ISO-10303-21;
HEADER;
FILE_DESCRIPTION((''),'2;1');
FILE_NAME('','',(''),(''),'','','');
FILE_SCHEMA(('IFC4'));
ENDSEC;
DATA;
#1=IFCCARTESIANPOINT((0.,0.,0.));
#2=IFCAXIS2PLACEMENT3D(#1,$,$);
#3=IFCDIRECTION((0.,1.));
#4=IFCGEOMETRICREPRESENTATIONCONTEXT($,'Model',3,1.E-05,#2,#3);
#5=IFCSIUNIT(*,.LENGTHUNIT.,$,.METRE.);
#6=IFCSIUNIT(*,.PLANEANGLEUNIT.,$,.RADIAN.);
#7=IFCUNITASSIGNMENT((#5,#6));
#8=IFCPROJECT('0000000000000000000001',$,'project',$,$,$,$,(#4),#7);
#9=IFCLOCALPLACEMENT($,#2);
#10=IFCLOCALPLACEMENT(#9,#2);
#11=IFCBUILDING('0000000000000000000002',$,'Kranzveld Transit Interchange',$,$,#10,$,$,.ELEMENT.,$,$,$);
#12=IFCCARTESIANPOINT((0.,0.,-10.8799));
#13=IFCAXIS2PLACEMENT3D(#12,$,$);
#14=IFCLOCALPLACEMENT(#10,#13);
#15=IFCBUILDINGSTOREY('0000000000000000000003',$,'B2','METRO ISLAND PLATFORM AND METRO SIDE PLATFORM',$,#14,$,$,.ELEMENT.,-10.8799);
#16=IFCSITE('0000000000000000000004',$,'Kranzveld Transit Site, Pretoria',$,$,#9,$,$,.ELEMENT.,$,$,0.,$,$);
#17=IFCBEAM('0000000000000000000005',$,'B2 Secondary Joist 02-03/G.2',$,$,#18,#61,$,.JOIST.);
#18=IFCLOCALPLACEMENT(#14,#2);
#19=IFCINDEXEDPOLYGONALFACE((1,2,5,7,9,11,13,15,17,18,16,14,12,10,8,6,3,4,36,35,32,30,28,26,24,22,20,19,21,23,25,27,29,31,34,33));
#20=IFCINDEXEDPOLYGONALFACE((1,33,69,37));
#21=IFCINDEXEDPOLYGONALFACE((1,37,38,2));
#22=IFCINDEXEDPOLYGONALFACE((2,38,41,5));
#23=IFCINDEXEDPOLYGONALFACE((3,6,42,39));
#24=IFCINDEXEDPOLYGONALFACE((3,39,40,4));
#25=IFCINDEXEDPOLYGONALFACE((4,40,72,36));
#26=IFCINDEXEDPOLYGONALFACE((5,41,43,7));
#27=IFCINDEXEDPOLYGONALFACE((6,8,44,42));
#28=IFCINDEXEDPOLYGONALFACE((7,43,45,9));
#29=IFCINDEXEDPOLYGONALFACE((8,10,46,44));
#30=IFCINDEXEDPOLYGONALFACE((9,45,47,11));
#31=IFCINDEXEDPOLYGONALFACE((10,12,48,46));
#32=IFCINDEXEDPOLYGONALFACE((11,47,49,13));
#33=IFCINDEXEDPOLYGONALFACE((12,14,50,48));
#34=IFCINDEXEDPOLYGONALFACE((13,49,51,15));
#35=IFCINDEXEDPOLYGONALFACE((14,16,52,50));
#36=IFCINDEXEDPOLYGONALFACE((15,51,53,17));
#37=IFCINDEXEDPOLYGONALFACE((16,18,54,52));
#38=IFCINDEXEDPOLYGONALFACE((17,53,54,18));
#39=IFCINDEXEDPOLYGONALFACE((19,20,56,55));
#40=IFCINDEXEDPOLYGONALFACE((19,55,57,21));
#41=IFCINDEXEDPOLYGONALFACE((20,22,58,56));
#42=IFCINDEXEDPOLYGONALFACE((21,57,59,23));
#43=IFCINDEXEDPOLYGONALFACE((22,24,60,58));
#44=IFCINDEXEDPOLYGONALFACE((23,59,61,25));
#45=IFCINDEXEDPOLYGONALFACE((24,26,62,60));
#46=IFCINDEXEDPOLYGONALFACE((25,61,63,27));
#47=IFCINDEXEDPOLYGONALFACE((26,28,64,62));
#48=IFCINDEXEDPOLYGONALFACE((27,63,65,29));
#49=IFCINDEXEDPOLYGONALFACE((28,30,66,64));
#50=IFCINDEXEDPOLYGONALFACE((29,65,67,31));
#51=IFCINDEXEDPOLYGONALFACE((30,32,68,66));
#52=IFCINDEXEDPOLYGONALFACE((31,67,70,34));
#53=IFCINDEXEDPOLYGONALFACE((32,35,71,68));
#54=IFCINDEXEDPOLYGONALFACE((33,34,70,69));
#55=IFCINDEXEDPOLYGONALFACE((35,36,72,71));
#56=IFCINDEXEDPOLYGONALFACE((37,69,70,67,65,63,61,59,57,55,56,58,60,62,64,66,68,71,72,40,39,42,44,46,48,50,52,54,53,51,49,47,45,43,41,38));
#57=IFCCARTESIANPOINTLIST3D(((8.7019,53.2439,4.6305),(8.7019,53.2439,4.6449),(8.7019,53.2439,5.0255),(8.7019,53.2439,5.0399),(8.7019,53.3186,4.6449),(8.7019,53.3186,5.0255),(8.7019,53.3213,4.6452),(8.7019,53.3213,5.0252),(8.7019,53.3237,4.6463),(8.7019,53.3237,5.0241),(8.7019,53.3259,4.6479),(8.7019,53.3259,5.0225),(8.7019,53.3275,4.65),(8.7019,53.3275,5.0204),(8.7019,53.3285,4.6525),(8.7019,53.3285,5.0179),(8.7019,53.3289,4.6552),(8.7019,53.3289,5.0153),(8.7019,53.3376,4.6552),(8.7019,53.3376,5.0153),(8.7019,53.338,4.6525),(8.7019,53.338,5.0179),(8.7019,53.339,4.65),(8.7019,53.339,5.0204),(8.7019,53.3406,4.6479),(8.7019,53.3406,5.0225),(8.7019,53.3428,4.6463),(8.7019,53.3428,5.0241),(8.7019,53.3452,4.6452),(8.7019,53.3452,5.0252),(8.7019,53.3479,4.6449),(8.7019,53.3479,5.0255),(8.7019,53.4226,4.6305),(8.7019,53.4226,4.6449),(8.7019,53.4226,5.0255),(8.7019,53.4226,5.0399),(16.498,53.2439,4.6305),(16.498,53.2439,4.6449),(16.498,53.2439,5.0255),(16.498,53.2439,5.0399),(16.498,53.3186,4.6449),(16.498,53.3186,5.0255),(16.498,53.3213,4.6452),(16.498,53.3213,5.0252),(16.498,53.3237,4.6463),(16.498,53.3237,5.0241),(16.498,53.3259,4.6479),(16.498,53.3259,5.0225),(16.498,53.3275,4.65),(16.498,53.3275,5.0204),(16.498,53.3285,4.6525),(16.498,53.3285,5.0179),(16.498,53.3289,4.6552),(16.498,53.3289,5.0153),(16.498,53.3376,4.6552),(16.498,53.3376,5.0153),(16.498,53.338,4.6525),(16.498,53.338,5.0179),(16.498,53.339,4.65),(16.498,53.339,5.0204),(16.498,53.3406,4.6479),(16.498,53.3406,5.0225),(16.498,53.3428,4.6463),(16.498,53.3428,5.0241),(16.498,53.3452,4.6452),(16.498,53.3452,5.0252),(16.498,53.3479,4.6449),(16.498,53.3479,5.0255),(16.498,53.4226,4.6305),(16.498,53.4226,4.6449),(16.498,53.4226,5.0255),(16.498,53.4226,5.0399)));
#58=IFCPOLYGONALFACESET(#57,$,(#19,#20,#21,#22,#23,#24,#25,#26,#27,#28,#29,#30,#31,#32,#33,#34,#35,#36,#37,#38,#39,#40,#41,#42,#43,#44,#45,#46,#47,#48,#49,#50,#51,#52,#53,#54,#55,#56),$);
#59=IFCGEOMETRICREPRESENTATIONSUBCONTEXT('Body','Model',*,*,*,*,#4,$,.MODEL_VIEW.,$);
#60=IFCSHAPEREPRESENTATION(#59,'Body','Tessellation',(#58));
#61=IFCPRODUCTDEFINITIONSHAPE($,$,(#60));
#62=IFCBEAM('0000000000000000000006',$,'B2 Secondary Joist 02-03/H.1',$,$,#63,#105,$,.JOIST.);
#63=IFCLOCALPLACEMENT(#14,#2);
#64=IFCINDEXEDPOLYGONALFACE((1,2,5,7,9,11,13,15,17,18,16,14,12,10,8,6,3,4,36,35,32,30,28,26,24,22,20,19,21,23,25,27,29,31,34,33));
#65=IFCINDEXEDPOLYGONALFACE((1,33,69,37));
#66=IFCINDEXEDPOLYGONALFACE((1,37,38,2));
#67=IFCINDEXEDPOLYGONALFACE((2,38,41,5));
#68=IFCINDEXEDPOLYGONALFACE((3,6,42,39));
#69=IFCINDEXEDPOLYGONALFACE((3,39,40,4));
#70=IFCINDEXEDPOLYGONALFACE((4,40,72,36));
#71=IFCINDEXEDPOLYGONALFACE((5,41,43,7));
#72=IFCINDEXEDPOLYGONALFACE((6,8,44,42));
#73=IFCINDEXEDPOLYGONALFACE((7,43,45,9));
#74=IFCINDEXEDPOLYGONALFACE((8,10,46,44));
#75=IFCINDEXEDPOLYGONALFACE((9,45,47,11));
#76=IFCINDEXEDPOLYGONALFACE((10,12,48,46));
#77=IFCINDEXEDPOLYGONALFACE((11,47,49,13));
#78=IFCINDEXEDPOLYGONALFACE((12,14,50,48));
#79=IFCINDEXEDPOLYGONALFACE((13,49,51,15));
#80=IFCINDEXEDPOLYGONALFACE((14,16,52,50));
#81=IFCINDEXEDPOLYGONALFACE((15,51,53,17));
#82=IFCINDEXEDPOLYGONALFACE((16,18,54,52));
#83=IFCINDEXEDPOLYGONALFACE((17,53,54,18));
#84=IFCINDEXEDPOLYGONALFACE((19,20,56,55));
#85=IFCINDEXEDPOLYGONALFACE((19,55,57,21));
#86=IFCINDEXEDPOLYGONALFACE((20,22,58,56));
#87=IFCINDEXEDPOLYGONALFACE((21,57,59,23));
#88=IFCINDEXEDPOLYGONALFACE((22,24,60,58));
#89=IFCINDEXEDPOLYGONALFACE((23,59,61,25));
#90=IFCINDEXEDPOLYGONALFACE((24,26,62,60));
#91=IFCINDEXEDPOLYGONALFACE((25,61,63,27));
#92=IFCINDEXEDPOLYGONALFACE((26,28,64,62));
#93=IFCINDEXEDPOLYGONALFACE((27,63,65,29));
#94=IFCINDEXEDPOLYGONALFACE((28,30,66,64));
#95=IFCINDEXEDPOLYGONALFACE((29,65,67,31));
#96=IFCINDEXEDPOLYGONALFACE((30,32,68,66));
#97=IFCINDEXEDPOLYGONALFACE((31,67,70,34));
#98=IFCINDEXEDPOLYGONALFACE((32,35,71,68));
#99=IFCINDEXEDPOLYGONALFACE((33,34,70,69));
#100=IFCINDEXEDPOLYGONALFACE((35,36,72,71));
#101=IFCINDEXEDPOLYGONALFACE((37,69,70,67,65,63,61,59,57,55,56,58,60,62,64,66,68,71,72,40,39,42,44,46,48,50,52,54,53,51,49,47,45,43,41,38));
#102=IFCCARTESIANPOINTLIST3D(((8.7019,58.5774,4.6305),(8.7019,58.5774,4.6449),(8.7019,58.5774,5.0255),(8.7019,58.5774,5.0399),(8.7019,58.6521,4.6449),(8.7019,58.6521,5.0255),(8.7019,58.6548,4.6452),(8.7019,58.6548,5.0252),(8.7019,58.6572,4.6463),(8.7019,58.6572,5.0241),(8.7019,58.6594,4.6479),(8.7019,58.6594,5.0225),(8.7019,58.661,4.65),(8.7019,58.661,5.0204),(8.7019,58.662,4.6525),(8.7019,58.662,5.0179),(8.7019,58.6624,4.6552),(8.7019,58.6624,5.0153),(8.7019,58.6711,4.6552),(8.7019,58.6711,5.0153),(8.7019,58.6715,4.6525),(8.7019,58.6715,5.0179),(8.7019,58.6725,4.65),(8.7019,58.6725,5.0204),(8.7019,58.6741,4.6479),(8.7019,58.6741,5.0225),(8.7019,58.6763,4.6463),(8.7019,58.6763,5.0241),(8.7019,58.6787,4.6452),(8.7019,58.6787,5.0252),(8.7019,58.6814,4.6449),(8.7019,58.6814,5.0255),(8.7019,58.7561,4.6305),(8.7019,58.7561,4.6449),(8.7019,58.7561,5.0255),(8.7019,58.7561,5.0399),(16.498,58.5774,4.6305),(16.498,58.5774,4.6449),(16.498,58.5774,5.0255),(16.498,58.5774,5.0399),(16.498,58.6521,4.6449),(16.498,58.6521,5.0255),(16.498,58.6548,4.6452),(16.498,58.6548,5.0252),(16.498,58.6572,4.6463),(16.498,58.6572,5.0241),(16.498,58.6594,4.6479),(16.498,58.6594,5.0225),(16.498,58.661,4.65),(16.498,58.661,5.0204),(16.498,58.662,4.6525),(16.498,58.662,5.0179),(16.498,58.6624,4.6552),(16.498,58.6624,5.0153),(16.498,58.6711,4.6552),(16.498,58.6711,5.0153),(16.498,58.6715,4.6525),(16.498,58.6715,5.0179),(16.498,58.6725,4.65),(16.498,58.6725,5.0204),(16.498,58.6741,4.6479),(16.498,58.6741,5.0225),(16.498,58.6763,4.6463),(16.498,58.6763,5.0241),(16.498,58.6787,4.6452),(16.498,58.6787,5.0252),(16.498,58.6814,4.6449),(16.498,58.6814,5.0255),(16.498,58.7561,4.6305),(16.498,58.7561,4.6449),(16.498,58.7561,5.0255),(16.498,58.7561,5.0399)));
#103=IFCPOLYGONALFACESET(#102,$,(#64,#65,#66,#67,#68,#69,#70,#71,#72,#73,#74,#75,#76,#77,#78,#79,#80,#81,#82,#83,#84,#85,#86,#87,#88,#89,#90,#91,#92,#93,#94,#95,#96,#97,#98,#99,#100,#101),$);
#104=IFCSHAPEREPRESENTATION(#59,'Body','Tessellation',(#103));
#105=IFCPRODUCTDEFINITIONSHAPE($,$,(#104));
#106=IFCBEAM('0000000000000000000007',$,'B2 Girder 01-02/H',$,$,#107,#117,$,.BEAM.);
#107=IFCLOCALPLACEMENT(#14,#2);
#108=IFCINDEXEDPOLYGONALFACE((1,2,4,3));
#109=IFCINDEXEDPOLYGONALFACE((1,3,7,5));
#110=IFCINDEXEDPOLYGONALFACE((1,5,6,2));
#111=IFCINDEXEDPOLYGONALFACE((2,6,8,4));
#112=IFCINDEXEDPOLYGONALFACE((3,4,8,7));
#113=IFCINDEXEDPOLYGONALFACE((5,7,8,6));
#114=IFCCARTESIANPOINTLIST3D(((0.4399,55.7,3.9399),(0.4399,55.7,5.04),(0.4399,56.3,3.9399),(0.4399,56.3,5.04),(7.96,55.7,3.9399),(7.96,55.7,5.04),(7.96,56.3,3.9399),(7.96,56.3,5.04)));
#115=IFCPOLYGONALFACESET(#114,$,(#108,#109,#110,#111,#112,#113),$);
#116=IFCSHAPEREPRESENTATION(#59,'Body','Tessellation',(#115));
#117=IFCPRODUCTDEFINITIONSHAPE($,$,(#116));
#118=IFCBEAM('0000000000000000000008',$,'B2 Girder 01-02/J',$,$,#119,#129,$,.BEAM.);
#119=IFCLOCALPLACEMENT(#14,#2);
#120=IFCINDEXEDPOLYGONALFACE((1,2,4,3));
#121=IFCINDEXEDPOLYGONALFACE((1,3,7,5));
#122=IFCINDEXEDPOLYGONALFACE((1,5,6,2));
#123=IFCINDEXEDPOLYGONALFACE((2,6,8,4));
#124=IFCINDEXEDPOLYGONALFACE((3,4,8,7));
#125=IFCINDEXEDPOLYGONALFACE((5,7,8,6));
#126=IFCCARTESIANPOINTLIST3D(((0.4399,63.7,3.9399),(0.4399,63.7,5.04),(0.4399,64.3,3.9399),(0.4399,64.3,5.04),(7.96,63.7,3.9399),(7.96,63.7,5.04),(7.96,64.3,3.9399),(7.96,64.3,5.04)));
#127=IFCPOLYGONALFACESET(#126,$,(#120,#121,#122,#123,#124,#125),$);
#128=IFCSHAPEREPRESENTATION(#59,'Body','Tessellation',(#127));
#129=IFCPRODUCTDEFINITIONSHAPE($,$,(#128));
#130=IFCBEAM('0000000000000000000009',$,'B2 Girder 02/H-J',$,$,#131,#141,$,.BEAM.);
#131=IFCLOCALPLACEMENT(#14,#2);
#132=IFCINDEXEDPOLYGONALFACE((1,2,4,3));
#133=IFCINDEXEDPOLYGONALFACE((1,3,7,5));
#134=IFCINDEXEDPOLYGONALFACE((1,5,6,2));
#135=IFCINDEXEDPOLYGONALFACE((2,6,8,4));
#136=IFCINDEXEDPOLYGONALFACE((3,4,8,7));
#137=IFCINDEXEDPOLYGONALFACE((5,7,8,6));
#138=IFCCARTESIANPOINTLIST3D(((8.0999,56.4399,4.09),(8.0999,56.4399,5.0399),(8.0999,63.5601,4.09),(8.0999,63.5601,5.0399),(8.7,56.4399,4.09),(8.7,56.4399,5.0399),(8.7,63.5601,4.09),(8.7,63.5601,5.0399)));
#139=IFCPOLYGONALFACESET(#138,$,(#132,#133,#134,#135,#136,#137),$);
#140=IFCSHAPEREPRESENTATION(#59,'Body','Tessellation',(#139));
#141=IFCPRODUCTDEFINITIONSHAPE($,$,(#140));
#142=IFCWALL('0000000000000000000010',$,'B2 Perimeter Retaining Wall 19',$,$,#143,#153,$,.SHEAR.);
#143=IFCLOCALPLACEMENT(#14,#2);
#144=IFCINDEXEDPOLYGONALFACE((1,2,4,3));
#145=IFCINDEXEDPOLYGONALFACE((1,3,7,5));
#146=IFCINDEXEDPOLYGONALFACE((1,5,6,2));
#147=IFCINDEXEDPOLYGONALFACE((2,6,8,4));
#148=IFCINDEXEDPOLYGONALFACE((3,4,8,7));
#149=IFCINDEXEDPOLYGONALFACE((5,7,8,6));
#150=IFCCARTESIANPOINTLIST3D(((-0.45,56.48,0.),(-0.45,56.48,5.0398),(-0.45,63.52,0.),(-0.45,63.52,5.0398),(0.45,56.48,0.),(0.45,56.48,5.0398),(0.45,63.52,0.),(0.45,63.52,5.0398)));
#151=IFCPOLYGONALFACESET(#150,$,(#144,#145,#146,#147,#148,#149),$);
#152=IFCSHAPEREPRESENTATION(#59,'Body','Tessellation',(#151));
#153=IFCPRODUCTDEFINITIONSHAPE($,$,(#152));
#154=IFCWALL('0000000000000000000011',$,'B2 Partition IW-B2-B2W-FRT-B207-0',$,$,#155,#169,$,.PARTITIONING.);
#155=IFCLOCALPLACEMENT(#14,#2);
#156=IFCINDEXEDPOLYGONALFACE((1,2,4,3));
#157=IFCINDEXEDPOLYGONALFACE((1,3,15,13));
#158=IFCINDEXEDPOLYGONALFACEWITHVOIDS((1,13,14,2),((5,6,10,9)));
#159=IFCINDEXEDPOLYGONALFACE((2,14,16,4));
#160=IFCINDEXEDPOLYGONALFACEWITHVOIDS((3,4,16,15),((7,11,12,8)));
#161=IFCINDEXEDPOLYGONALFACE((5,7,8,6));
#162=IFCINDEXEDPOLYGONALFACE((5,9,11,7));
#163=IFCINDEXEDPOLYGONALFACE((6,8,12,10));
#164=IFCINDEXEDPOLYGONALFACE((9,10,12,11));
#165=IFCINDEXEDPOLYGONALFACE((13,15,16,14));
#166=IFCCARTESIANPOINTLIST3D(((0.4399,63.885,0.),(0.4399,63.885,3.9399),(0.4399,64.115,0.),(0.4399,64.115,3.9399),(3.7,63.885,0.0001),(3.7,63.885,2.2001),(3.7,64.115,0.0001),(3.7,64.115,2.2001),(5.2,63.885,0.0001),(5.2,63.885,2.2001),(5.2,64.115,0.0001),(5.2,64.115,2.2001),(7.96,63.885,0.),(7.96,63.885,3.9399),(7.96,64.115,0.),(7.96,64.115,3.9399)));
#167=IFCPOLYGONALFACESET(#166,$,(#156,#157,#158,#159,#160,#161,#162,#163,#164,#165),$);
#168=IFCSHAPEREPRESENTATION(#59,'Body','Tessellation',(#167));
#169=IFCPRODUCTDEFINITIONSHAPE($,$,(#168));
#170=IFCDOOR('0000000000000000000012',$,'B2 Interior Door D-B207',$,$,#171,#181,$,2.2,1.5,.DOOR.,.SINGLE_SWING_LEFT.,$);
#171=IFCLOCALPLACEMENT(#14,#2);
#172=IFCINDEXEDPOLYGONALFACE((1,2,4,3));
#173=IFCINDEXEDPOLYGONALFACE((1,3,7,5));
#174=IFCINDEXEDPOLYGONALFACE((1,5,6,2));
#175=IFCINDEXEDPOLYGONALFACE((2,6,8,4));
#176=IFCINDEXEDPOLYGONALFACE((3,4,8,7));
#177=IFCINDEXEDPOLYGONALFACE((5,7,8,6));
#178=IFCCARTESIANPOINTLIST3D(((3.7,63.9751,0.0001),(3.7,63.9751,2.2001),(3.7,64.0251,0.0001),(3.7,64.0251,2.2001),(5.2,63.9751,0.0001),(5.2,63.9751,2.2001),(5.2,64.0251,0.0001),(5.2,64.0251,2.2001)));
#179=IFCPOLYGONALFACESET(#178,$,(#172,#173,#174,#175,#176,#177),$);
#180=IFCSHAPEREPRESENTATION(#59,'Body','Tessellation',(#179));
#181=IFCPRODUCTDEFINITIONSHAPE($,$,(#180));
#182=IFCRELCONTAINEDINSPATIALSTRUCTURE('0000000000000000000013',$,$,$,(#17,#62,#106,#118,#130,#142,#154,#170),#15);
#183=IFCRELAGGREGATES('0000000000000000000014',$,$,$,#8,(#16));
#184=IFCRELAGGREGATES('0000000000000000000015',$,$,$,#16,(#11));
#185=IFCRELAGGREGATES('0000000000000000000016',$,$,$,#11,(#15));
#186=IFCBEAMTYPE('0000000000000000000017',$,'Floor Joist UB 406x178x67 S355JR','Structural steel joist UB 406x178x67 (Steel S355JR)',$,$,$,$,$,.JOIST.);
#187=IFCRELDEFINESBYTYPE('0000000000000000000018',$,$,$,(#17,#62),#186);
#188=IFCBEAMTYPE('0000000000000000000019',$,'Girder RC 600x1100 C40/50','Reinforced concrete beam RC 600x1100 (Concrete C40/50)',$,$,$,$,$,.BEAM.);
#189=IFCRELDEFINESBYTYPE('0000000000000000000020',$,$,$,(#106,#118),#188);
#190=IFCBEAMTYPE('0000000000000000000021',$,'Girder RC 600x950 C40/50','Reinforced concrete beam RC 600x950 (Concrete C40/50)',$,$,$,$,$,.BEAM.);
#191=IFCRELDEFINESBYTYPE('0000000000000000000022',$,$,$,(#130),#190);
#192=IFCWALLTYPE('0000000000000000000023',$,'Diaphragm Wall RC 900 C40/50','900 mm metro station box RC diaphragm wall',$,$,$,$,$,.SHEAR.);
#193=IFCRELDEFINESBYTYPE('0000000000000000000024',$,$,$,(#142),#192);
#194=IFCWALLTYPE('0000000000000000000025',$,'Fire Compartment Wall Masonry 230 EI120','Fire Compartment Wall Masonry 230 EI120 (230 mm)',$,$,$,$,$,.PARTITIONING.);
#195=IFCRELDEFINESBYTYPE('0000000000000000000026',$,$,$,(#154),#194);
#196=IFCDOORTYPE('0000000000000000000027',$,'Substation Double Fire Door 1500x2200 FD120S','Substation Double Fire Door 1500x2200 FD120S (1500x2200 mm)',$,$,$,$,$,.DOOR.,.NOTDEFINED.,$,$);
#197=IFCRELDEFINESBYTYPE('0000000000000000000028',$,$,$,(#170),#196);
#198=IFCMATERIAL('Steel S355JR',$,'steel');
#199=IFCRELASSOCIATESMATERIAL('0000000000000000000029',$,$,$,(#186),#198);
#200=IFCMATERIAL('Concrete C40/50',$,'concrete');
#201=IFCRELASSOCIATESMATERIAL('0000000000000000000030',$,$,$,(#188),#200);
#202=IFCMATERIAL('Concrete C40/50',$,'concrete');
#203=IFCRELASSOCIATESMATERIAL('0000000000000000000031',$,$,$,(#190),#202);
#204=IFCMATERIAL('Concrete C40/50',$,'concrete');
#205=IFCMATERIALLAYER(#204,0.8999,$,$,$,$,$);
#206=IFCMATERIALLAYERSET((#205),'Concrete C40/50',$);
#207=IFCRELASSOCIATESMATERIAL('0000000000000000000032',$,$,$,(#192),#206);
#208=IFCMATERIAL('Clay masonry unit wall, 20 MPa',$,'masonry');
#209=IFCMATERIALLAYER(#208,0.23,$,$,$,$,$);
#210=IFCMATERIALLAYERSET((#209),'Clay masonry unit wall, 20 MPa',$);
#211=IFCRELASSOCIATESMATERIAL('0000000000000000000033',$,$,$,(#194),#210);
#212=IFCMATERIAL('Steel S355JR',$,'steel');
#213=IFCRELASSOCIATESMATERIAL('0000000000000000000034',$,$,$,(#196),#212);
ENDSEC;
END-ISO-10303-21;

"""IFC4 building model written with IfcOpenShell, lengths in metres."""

from ifc_helpers import new_model, si_unit, direction, frame, frame_2d, origin, origin_2d, place, context, subcontext, project, spatial, rectangle, i_section, extrude, material, layer, layer_set, material_profile, profile_set, type_object, element, fill, save


model = new_model("IFC4")

# Units and contexts
model_context = context("Model", 3, precision=1e-05, world=origin(), true_north=direction((0.0, 1.0)))
body_context = subcontext(model_context, "Body", "Model", "MODEL_VIEW")
ifc_project = project(units=[si_unit("LENGTHUNIT", "METRE"), si_unit("PLANEANGLEUNIT", "RADIAN")], contexts=[model_context])

# Site, building, storey
site_placement = place(None, origin())
site = spatial("IfcSite", under=ifc_project, at=site_placement, Name="Kranzveld Transit Site, Pretoria", CompositionType="ELEMENT", RefElevation=0.0)
building_placement = place(site_placement, origin())
building = spatial("IfcBuilding", under=site, at=building_placement, Name="Kranzveld Transit Interchange", CompositionType="ELEMENT")
storey_placement = place(building_placement, frame((0.0, 0.0, -10.8799)))
storey = spatial("IfcBuildingStorey", under=building, at=storey_placement, Name="B2", Description="METRO ISLAND PLATFORM AND METRO SIDE PLATFORM", CompositionType="ELEMENT", Elevation=-10.8799)

# Beams
ifc_material_1 = material(Name="Steel S355JR", Category="steel")
ifc_material_profile_1 = material_profile(ifc_material_1, i_section(OverallWidth=0.1787, OverallDepth=0.4094, WebThickness=0.0088, FlangeThickness=0.0144, FilletRadius=0.0103, at=origin_2d()), Name="UB 406x178x67")
ifc_profile_set_1 = profile_set([ifc_material_profile_1], Name="Steel S355JR")
beam_type_1 = type_object("IfcBeamType", Name="Floor Joist UB 406x178x67 S355JR", Description="Structural steel joist UB 406x178x67 (Steel S355JR)", PredefinedType="JOIST", material=ifc_profile_set_1)
for number, where, z_axis, x_axis, name in (
    (1, (8.7019, 53.3333, 4.8352), (1.0, 0.0, 0.0), (0.0, 1.0, 0.0), "B2 Secondary Joist 02-03/G.2"),
    (2, (8.7019, 58.6667, 4.8352), (1.0, 0.0, 0.0), (0.0, 1.0, 0.0), "B2 Secondary Joist 02-03/H.1"),
):
    element("IfcBeam", number, at=place(storey_placement, frame(where, z_axis=z_axis, x_axis=x_axis)), inside=storey, type_object=beam_type_1, Name=name, PredefinedType="JOIST", context=body_context, shape_type="SweptSolid", body=[
        extrude(i_section(OverallWidth=0.1787, OverallDepth=0.4094, WebThickness=0.0088, FlangeThickness=0.0144, FilletRadius=0.0103, at=origin_2d()), origin(), (0.0, 0.0, 1.0), 7.7961),
    ])
ifc_material_2 = material(Name="Concrete C40/50", Category="concrete")
ifc_material_profile_2 = material_profile(ifc_material_2, rectangle(XDim=0.6001, YDim=1.1001, at=origin_2d()), Name="RC 600x1100")
ifc_profile_set_2 = profile_set([ifc_material_profile_2], Name="Concrete C40/50")
beam_type_2 = type_object("IfcBeamType", Name="Girder RC 600x1100 C40/50", Description="Reinforced concrete beam RC 600x1100 (Concrete C40/50)", PredefinedType="BEAM", material=ifc_profile_set_2)
for number, where, z_axis, x_axis, name in (
    (3, (0.4399, 56.0, 4.49), (1.0, 0.0, 0.0), (0.0, 1.0, 0.0), "B2 Girder 01-02/H"),
    (4, (0.4399, 64.0, 4.49), (1.0, 0.0, 0.0), (0.0, 1.0, 0.0), "B2 Girder 01-02/J"),
):
    element("IfcBeam", number, at=place(storey_placement, frame(where, z_axis=z_axis, x_axis=x_axis)), inside=storey, type_object=beam_type_2, Name=name, PredefinedType="BEAM", context=body_context, shape_type="SweptSolid", body=[
        extrude(rectangle(XDim=0.6001, YDim=1.1001, at=origin_2d()), origin(), (0.0, 0.0, 1.0), 7.52),
    ])
ifc_material_3 = material(Name="Concrete C40/50", Category="concrete")
ifc_material_profile_3 = material_profile(ifc_material_3, rectangle(XDim=0.6001, YDim=0.95, at=origin_2d()), Name="RC 600x950")
ifc_profile_set_3 = profile_set([ifc_material_profile_3], Name="Concrete C40/50")
beam_type_3 = type_object("IfcBeamType", Name="Girder RC 600x950 C40/50", Description="Reinforced concrete beam RC 600x950 (Concrete C40/50)", PredefinedType="BEAM", material=ifc_profile_set_3)
beam_placement = place(storey_placement, frame((8.3999, 56.4399, 4.5649), z_axis=(0.0, 1.0, 0.0), x_axis=(-1.0, 0.0, 0.0)))
element("IfcBeam", 5, at=beam_placement, inside=storey, type_object=beam_type_3, Name="B2 Girder 02/H-J", PredefinedType="BEAM", context=body_context, shape_type="SweptSolid", body=[
    extrude(rectangle(XDim=0.6001, YDim=0.95, at=origin_2d()), origin(), (0.0, 0.0, 1.0), 7.1201),
])

# Wall
ifc_material_4 = material(Name="Concrete C40/50", Category="concrete")
ifc_layer_1 = layer(ifc_material_4, 0.8999)
ifc_layer_set_1 = layer_set([ifc_layer_1], Name="Concrete C40/50")
wall_type_1 = type_object("IfcWallType", Name="Diaphragm Wall RC 900 C40/50", Description="900 mm metro station box RC diaphragm wall", PredefinedType="SHEAR", material=ifc_layer_set_1)
wall_1_placement = place(storey_placement, frame((0.0, 56.48, 0.0), z_axis=(0.0, 0.0, 1.0), x_axis=(0.0, 1.0, 0.0)))
element("IfcWall", 6, at=wall_1_placement, inside=storey, type_object=wall_type_1, Name="B2 Perimeter Retaining Wall 19", PredefinedType="SHEAR", context=body_context, shape_type="SweptSolid", body=[
    extrude(rectangle(XDim=7.04, YDim=0.8999, at=frame_2d((3.52, 0.0))), origin(), (0.0, 0.0, 1.0), 5.0398),
])

# Wall, opening, door
ifc_material_5 = material(Name="Clay masonry unit wall, 20 MPa", Category="masonry")
ifc_layer_2 = layer(ifc_material_5, 0.23)
ifc_layer_set_2 = layer_set([ifc_layer_2], Name="Clay masonry unit wall, 20 MPa")
wall_type_2 = type_object("IfcWallType", Name="Fire Compartment Wall Masonry 230 EI120", Description="Fire Compartment Wall Masonry 230 EI120 (230 mm)", PredefinedType="PARTITIONING", material=ifc_layer_set_2)
wall_2_placement = place(storey_placement, frame((0.4399, 64.0, 0.0), z_axis=(0.0, 0.0, 1.0), x_axis=(1.0, 0.0, 0.0)))
wall_2 = element("IfcWall", 7, at=wall_2_placement, inside=storey, type_object=wall_type_2, Name="B2 Partition IW-B2-B2W-FRT-B207-0", PredefinedType="PARTITIONING", context=body_context, shape_type="SweptSolid", body=[
    extrude(rectangle(XDim=7.52, YDim=0.23, at=frame_2d((3.76, 0.0))), origin(), (0.0, 0.0, 1.0), 3.9399),
])
opening_placement = place(wall_2_placement, frame((4.76, 0.0, 0.0), z_axis=(0.0, 0.0, 1.0), x_axis=(-1.0, 0.0, 0.0)))
opening = element("IfcOpeningElement", 8, at=opening_placement, cuts=wall_2, PredefinedType="OPENING", context=body_context, shape_type="SweptSolid", body=[
    extrude(rectangle(XDim=1.5, YDim=2.2, at=frame_2d((0.75, 1.1001))), frame((0.0, 0.125, 0.0), z_axis=(0.0, -1.0, 0.0), x_axis=(1.0, 0.0, 0.0)), (0.0, 0.0, 1.0), 0.25),
])
ifc_material_6 = material(Name="Steel S355JR", Category="steel")
door_type = type_object("IfcDoorType", Name="Substation Double Fire Door 1500x2200 FD120S", Description="Substation Double Fire Door 1500x2200 FD120S (1500x2200 mm)", OperationType="NOTDEFINED", PredefinedType="DOOR", material=ifc_material_6)
door_placement = place(opening_placement, origin())
door = element("IfcDoor", 9, at=door_placement, inside=storey, type_object=door_type, Name="B2 Interior Door D-B207", OperationType="SINGLE_SWING_LEFT", OverallHeight=2.2, OverallWidth=1.5, PredefinedType="DOOR", context=body_context, shape_type="SweptSolid", body=[
    extrude(rectangle(XDim=1.5, YDim=2.2, at=frame_2d((0.75, 1.1001))), frame((0.0, 0.0249, 0.0), z_axis=(0.0, -1.0, 0.0), x_axis=(1.0, 0.0, 0.0)), (0.0, 0.0, 1.0), 0.05),
])
fill(opening, door)

save(model, "model.ifc")
